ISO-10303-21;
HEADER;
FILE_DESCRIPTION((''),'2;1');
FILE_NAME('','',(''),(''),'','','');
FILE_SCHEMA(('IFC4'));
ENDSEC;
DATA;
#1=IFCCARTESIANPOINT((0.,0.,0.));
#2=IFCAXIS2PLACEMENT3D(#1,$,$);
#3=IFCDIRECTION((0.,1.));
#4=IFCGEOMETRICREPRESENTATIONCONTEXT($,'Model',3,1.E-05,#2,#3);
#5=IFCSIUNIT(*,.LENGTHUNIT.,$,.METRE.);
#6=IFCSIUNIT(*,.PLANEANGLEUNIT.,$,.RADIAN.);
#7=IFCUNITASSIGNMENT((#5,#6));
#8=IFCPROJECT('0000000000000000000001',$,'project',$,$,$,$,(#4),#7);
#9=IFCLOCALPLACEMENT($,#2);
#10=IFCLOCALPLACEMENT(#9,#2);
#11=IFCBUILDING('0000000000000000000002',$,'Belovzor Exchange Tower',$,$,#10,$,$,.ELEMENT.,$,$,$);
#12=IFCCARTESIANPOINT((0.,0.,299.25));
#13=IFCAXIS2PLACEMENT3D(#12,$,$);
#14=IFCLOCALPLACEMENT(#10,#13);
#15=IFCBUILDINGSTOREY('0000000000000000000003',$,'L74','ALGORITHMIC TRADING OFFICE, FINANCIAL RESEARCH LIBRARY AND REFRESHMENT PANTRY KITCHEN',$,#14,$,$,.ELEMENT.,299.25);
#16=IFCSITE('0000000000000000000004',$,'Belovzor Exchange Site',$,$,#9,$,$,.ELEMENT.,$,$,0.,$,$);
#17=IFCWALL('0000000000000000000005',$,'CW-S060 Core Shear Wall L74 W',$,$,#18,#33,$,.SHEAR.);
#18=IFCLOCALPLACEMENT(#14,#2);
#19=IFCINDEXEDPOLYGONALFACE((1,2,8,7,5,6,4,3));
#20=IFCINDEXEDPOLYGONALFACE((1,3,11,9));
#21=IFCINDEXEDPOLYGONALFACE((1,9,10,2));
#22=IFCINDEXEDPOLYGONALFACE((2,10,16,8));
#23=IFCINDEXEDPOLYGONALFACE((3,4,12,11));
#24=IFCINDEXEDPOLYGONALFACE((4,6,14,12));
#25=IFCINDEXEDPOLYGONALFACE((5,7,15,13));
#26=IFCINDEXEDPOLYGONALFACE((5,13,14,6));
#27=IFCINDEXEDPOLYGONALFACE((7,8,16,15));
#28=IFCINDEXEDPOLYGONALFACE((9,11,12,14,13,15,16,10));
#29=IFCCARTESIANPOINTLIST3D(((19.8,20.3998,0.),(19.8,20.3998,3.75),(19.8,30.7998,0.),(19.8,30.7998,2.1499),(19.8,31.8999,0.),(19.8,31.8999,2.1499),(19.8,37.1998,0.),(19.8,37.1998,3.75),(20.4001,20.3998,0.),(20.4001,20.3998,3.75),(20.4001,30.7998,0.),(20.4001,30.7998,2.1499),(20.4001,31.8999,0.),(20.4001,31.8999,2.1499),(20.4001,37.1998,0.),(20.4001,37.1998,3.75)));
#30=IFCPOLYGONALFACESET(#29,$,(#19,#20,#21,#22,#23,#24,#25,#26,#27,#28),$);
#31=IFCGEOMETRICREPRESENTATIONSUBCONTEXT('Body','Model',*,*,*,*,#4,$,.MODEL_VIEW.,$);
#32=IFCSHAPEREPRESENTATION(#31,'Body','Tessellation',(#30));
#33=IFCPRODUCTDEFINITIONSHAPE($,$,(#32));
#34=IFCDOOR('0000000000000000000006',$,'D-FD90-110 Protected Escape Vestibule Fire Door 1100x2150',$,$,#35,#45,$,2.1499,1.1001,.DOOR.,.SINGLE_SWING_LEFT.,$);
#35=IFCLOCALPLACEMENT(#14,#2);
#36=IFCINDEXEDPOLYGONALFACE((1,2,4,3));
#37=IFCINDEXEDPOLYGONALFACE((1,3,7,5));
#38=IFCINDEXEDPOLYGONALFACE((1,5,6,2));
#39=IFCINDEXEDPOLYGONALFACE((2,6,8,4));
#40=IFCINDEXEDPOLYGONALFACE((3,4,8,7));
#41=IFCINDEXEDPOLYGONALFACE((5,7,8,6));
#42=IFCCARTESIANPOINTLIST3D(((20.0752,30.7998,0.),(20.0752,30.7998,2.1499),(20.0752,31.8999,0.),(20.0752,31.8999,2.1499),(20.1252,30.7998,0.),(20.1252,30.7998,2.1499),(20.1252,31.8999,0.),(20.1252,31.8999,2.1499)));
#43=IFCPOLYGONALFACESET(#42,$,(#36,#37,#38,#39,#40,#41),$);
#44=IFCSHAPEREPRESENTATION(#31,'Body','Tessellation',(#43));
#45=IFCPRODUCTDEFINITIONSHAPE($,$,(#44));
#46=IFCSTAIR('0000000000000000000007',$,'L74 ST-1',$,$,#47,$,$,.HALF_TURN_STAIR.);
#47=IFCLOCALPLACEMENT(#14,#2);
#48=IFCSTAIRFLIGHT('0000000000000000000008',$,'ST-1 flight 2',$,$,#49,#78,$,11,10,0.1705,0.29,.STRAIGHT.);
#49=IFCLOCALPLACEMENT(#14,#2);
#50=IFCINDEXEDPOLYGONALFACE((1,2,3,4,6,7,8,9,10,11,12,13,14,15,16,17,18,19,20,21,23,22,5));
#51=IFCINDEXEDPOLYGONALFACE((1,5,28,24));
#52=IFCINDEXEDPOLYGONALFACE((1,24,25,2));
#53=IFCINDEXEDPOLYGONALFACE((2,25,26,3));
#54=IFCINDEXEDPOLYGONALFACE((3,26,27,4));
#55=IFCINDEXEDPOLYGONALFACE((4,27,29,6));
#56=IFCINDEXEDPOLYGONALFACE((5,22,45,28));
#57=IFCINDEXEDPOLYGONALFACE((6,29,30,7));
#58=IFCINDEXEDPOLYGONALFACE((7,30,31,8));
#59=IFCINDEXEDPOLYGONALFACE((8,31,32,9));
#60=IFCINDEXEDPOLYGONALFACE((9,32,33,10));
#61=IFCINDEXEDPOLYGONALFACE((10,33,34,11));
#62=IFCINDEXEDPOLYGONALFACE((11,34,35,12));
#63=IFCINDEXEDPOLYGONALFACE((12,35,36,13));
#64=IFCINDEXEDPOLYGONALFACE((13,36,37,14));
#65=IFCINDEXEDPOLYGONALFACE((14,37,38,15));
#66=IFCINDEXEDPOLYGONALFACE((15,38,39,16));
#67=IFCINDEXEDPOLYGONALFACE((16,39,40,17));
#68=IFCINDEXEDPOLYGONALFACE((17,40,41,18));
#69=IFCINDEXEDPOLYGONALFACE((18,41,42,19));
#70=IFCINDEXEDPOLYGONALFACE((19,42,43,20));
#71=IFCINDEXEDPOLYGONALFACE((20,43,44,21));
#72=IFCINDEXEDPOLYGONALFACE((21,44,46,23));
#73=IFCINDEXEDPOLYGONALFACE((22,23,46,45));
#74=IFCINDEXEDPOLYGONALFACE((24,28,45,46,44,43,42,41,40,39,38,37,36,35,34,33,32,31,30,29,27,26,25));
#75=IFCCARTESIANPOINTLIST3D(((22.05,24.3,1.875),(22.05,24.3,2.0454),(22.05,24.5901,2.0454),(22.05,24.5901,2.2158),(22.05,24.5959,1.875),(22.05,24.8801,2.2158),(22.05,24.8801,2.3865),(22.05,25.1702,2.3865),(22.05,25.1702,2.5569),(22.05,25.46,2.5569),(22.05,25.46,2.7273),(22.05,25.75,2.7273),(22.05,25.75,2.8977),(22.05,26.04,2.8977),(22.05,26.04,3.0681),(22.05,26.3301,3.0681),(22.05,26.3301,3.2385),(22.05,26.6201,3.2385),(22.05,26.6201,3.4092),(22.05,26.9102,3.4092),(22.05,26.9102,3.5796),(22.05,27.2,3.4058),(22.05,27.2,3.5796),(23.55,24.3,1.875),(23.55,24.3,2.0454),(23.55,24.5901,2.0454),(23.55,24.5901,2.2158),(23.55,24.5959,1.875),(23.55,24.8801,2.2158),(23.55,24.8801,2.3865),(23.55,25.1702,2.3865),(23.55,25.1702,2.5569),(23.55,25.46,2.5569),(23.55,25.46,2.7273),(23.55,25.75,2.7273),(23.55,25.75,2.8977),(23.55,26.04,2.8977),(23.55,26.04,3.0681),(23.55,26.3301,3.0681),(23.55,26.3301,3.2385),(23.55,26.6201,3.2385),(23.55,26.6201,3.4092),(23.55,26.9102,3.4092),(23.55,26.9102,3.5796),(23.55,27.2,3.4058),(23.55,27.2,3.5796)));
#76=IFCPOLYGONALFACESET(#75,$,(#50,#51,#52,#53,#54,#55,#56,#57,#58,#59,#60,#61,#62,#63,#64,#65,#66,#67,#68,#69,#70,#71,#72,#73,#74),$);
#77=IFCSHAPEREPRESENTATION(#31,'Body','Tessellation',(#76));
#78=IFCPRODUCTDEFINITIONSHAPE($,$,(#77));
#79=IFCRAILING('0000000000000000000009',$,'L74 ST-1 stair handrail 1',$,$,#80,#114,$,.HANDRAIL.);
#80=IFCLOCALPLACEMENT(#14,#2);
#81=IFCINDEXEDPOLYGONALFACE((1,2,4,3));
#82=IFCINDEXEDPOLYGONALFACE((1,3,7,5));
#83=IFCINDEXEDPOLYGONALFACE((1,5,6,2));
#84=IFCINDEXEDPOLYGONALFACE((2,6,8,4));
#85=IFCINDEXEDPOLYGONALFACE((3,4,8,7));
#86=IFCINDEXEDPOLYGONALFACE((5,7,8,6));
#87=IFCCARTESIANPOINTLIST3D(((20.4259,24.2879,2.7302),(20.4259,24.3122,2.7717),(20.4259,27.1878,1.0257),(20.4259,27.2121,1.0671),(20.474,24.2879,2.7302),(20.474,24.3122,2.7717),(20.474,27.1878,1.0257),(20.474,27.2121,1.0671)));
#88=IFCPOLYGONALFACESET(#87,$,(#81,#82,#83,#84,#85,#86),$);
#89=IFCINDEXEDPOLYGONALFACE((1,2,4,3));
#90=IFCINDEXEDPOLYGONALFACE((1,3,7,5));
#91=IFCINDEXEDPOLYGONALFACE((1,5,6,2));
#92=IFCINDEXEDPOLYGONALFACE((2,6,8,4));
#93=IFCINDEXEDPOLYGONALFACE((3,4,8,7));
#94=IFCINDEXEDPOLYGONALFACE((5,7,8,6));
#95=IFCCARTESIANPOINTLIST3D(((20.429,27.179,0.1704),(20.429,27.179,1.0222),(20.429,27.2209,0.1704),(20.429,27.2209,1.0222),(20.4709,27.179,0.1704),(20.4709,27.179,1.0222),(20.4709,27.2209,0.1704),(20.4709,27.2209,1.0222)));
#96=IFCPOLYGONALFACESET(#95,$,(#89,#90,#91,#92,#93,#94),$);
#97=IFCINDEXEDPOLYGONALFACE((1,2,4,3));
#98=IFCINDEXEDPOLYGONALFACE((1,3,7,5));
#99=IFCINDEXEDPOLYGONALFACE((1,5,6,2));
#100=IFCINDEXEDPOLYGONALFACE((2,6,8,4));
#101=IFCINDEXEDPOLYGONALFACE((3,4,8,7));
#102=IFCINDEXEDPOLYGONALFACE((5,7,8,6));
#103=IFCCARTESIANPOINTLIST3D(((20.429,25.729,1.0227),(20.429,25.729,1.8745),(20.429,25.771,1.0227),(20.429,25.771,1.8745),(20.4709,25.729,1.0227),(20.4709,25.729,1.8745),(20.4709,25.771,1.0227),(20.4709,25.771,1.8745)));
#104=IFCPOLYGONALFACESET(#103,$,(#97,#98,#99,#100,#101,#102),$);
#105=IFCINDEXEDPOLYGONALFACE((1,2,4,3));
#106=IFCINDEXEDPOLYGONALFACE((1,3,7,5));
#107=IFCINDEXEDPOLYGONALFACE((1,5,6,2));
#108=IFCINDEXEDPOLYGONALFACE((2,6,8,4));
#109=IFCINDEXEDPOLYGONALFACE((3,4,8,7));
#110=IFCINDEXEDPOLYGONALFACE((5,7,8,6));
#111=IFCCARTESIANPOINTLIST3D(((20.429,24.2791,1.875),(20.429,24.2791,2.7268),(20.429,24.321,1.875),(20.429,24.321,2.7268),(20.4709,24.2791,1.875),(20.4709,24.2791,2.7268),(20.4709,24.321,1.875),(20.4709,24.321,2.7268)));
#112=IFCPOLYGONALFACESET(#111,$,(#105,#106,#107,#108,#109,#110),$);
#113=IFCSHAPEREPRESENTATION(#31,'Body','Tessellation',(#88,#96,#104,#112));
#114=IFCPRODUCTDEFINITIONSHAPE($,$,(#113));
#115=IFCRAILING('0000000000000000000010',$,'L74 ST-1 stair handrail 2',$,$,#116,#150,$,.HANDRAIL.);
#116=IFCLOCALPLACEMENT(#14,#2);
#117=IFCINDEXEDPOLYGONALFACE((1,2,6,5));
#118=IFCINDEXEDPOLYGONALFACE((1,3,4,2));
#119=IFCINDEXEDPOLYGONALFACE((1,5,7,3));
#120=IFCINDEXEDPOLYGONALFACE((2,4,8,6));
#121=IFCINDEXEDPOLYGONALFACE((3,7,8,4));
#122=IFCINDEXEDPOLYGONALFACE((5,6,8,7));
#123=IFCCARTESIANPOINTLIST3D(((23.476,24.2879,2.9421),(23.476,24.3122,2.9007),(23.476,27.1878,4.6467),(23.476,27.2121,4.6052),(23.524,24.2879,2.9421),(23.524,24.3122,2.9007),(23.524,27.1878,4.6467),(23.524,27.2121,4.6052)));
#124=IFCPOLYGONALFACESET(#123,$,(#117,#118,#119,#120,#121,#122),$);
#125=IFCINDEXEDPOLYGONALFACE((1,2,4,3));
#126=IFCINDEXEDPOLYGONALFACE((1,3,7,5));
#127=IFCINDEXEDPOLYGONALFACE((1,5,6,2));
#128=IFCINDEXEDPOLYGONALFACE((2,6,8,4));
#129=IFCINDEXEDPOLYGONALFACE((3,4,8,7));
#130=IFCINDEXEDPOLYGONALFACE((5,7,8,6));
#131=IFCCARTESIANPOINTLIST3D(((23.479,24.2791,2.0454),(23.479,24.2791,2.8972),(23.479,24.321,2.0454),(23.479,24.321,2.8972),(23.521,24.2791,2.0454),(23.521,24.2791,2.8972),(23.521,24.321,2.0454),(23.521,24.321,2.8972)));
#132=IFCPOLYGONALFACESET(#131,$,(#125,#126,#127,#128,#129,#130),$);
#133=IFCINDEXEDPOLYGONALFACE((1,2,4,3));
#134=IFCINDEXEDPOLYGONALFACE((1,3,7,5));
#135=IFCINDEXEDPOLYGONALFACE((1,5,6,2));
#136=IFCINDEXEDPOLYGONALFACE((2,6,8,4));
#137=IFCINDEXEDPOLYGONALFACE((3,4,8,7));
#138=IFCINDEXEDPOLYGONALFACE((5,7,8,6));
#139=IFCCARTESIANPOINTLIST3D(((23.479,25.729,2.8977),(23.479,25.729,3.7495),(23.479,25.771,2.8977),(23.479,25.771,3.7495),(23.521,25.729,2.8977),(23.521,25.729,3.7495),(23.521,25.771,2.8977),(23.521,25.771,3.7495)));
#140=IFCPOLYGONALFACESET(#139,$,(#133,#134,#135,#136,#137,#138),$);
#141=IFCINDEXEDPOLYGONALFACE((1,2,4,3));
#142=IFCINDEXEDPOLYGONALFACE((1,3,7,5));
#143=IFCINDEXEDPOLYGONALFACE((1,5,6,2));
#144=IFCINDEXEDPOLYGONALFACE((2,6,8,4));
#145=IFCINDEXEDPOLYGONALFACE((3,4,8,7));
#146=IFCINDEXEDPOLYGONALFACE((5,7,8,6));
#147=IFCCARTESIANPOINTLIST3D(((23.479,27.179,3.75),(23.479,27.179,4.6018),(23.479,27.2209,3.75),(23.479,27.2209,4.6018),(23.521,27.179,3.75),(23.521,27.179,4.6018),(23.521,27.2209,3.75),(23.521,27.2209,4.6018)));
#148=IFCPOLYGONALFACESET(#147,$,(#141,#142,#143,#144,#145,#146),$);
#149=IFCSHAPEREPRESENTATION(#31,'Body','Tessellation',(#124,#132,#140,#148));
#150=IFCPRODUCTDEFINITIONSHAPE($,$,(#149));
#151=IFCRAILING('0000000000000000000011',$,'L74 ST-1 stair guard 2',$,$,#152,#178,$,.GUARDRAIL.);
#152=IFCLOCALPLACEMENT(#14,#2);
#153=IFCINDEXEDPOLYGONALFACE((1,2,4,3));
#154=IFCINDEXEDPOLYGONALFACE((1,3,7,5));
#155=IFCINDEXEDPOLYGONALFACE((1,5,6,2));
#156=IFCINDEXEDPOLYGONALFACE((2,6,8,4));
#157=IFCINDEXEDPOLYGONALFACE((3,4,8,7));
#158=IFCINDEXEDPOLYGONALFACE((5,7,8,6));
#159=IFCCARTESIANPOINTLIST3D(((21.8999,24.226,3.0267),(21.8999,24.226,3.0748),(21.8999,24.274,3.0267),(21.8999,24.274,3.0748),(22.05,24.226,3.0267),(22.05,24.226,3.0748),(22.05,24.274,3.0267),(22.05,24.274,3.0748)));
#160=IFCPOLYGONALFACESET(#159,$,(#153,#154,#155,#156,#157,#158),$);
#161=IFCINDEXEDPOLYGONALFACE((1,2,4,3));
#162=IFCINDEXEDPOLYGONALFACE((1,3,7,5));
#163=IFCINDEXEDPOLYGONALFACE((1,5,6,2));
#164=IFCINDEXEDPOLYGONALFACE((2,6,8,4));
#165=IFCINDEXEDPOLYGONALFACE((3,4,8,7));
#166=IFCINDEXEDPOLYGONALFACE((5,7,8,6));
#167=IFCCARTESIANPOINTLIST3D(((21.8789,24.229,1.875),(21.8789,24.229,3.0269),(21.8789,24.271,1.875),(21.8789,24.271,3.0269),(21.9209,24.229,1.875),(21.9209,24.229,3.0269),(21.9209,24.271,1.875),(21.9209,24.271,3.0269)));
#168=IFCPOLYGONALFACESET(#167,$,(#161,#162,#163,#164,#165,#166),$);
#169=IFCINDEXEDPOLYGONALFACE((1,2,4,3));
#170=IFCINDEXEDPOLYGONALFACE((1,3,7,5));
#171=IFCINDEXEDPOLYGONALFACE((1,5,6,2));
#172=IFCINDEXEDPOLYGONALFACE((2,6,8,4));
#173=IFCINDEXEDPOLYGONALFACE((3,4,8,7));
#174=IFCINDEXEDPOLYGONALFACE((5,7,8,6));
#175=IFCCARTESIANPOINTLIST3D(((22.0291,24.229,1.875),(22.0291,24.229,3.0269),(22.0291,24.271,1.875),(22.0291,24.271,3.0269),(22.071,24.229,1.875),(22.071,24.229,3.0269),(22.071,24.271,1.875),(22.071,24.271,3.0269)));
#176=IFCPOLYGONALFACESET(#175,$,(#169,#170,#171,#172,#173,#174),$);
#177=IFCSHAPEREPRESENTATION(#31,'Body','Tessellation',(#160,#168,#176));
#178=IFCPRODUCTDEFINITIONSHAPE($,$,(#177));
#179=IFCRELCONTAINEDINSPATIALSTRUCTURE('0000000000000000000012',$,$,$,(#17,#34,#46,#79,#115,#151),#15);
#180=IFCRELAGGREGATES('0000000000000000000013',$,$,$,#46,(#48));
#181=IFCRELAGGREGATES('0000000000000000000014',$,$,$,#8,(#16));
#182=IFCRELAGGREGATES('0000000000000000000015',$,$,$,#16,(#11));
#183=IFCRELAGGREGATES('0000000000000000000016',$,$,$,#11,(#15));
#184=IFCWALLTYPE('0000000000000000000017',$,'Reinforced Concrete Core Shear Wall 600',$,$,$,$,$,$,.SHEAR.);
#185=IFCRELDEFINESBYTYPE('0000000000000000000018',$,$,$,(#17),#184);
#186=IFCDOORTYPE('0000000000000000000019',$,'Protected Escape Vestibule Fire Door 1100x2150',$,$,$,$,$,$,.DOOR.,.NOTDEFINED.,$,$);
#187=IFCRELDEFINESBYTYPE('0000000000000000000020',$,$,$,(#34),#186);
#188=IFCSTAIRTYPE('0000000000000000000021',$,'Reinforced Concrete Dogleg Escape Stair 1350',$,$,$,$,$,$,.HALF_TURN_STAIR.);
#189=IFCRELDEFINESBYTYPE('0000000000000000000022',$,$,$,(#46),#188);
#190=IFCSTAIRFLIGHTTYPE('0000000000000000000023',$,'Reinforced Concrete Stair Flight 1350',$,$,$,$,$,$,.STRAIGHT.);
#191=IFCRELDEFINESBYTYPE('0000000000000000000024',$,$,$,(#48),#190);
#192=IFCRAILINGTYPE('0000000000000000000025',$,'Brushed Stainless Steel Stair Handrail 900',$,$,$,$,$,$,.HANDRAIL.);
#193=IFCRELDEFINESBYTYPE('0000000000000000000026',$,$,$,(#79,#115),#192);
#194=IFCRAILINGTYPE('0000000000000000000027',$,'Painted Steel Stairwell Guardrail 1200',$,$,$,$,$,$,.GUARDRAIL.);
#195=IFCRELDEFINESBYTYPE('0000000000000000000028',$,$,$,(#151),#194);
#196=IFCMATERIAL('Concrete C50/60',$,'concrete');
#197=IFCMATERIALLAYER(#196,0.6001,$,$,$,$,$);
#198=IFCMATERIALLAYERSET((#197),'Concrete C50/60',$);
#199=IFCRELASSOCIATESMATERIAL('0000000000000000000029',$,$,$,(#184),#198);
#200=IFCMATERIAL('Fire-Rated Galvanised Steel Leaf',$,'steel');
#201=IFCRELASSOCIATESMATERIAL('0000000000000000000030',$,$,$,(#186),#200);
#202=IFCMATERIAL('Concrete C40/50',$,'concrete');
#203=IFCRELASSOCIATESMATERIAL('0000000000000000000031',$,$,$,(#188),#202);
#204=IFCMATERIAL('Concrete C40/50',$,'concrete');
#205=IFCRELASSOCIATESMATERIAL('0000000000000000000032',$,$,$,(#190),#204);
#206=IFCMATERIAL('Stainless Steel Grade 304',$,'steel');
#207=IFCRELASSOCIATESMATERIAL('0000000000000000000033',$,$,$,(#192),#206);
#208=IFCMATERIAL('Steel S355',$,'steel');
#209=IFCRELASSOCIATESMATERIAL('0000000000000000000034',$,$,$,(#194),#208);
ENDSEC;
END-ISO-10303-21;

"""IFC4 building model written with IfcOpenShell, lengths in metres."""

from ifc_helpers import new_model, si_unit, direction, frame, frame_2d, origin, origin_2d, place, context, subcontext, project, spatial, polyline, rectangle, outline, extrude, material, layer, layer_set, type_object, element, fill, aggregate, save


model = new_model("IFC4")

# Units and contexts
model_context = context("Model", 3, precision=1e-05, world=origin(), true_north=direction((0.0, 1.0)))
body_context = subcontext(model_context, "Body", "Model", "MODEL_VIEW")
ifc_project = project(units=[si_unit("LENGTHUNIT", "METRE"), si_unit("PLANEANGLEUNIT", "RADIAN")], contexts=[model_context])

# Site, building, storey
site_placement = place(None, origin())
site = spatial("IfcSite", under=ifc_project, at=site_placement, Name="Belovzor Exchange Site", CompositionType="ELEMENT", RefElevation=0.0)
building_placement = place(site_placement, origin())
building = spatial("IfcBuilding", under=site, at=building_placement, Name="Belovzor Exchange Tower", CompositionType="ELEMENT")
storey_placement = place(building_placement, frame((0.0, 0.0, 299.25)))
storey = spatial("IfcBuildingStorey", under=building, at=storey_placement, Name="L74", Description="ALGORITHMIC TRADING OFFICE, FINANCIAL RESEARCH LIBRARY AND REFRESHMENT PANTRY KITCHEN", CompositionType="ELEMENT", Elevation=299.25)

# Shared definitions
ifc_material_1 = material(Name="Concrete C50/60", Category="concrete")
ifc_layer_1 = layer(ifc_material_1, 0.6001)
ifc_layer_set_1 = layer_set([ifc_layer_1], Name="Concrete C50/60")
wall_type_1 = type_object("IfcWallType", Name="Reinforced Concrete Core Shear Wall 600", PredefinedType="SHEAR", material=ifc_layer_set_1)

# Wall, opening, door
wall_1_placement = place(storey_placement, frame((20.1001, 20.3999, 0.0), z_axis=(0.0, 0.0, 1.0), x_axis=(0.0, 1.0, 0.0)))
wall_1 = element("IfcWall", 1, at=wall_1_placement, inside=storey, type_object=wall_type_1, Name="CW-S060 Core Shear Wall L74 W", PredefinedType="SHEAR", context=body_context, shape_type="SweptSolid", body=[
    extrude(rectangle(XDim=16.8, YDim=0.6001, at=frame_2d((8.3999, 0.0))), origin(), (0.0, 0.0, 1.0), 3.75),
])
opening_1_placement = place(wall_1_placement, frame((10.3999, 0.0, 0.0)))
opening_1 = element("IfcOpeningElement", 2, at=opening_1_placement, cuts=wall_1, PredefinedType="OPENING", context=body_context, shape_type="SweptSolid", body=[
    extrude(rectangle(XDim=1.1001, YDim=2.1499, at=frame_2d((0.55, 1.075))), frame((0.0, 0.3101, 0.0), z_axis=(0.0, -1.0, 0.0), x_axis=(1.0, 0.0, 0.0)), (0.0, 0.0, 1.0), 0.6201),
])
ifc_material_2 = material(Name="Fire-Rated Galvanised Steel Leaf", Category="steel")
door_type_1 = type_object("IfcDoorType", Name="Protected Escape Vestibule Fire Door 1100x2150", OperationType="NOTDEFINED", PredefinedType="DOOR", material=ifc_material_2)
door_1_placement = place(opening_1_placement, origin())
door_1 = element("IfcDoor", 3, at=door_1_placement, inside=storey, type_object=door_type_1, Name="D-FD90-110 Protected Escape Vestibule Fire Door 1100x2150", OperationType="SINGLE_SWING_LEFT", OverallHeight=2.1499, OverallWidth=1.1001, PredefinedType="DOOR", context=body_context, shape_type="SweptSolid", body=[
    extrude(rectangle(XDim=1.1001, YDim=2.1499, at=frame_2d((0.55, 1.075))), frame((0.0, 0.0249, 0.0), z_axis=(0.0, -1.0, 0.0), x_axis=(1.0, 0.0, 0.0)), (0.0, 0.0, 1.0), 0.05),
])
fill(opening_1, door_1)

# Stair, stair flight
ifc_material_3 = material(Name="Concrete C40/50", Category="concrete")
stair_type = type_object("IfcStairType", Name="Reinforced Concrete Dogleg Escape Stair 1350", PredefinedType="HALF_TURN_STAIR", material=ifc_material_3)
stair_placement = place(storey_placement, origin())
stair = element("IfcStair", 4, at=stair_placement, inside=storey, type_object=stair_type, Name="L74 ST-1", PredefinedType="HALF_TURN_STAIR")
ifc_material_4 = material(Name="Concrete C40/50", Category="concrete")
stair_flight_type = type_object("IfcStairFlightType", Name="Reinforced Concrete Stair Flight 1350", PredefinedType="STRAIGHT", material=ifc_material_4)
stair_flight_placement = place(storey_placement, frame((22.8, 24.3, 1.875), z_axis=(0.0, 0.0, 1.0), x_axis=(0.0, 1.0, 0.0)))
stair_flight = element("IfcStairFlight", 5, at=stair_flight_placement, type_object=stair_flight_type, Name="ST-1 flight 2", NumberOfRisers=11, NumberOfTreads=10, PredefinedType="STRAIGHT", RiserHeight=0.1705, TreadLength=0.29, context=body_context, shape_type="SweptSolid", body=[
    extrude(outline(polyline([(0.0, 0.0), (0.0, 0.1704), (0.29, 0.1704), (0.29, 0.3408), (0.5801, 0.3408), (0.5801, 0.5115), (0.8701, 0.5115), (0.8701, 0.6819), (1.1599, 0.6819), (1.1599, 0.8523), (1.45, 0.8523), (1.45, 1.0227), (1.74, 1.0227), (1.74, 1.1931), (2.03, 1.1931), (2.03, 1.3635), (2.3201, 1.3635), (2.3201, 1.5342), (2.6101, 1.5342), (2.6101, 1.7046), (2.8999, 1.7046), (2.8999, 1.875), (2.8999, 1.5308), (0.2959, 0.0), (0.0, 0.0)])), frame((0.0, 0.75, 0.0), z_axis=(0.0, -1.0, 0.0), x_axis=(1.0, 0.0, 0.0)), (0.0, 0.0, 1.0), 1.5),
])
aggregate(stair, [stair_flight])

# Railings
ifc_material_5 = material(Name="Stainless Steel Grade 304", Category="steel")
railing_type_1 = type_object("IfcRailingType", Name="Brushed Stainless Steel Stair Handrail 900", PredefinedType="HANDRAIL", material=ifc_material_5)
railing_1_placement = place(storey_placement, frame((20.45, 27.2, 0.1704)))
element("IfcRailing", 6, at=railing_1_placement, inside=storey, type_object=railing_type_1, Name="L74 ST-1 stair handrail 1", PredefinedType="HANDRAIL", context=body_context, shape_type="SweptSolid", body=[
    extrude(rectangle(XDim=0.0481, YDim=0.0481, at=origin_2d()), frame((0.0, 0.0, 0.876), z_axis=(0.0, -0.862095, 0.506747), x_axis=(1.0, 0.0, 0.0)), (0.0, 0.0, 1.0), 3.3638),
    extrude(rectangle(XDim=0.042, YDim=0.042, at=origin_2d()), origin(), (0.0, 0.0, 1.0), 0.8518),
    extrude(rectangle(XDim=0.042, YDim=0.042, at=origin_2d()), frame((0.0, -1.45, 0.8523)), (0.0, 0.0, 1.0), 0.8518),
    extrude(rectangle(XDim=0.042, YDim=0.042, at=origin_2d()), frame((0.0, -2.8999, 1.7046)), (0.0, 0.0, 1.0), 0.8518),
])
railing_2_placement = place(storey_placement, frame((23.5, 24.3, 2.0454)))
element("IfcRailing", 7, at=railing_2_placement, inside=storey, type_object=railing_type_1, Name="L74 ST-1 stair handrail 2", PredefinedType="HANDRAIL", context=body_context, shape_type="SweptSolid", body=[
    extrude(rectangle(XDim=0.0481, YDim=0.0481, at=origin_2d()), frame((0.0, 0.0, 0.876), z_axis=(0.0, 0.862095, 0.506747), x_axis=(-1.0, 0.0, 0.0)), (0.0, 0.0, 1.0), 3.3638),
    extrude(rectangle(XDim=0.042, YDim=0.042, at=origin_2d()), origin(), (0.0, 0.0, 1.0), 0.8518),
    extrude(rectangle(XDim=0.042, YDim=0.042, at=origin_2d()), frame((0.0, 1.45, 0.8523)), (0.0, 0.0, 1.0), 0.8518),
    extrude(rectangle(XDim=0.042, YDim=0.042, at=origin_2d()), frame((0.0, 2.8999, 1.7046)), (0.0, 0.0, 1.0), 0.8518),
])
ifc_material_6 = material(Name="Steel S355", Category="steel")
railing_type_2 = type_object("IfcRailingType", Name="Painted Steel Stairwell Guardrail 1200", PredefinedType="GUARDRAIL", material=ifc_material_6)
railing_3_placement = place(storey_placement, frame((21.8999, 24.25, 1.875)))
element("IfcRailing", 8, at=railing_3_placement, inside=storey, type_object=railing_type_2, Name="L74 ST-1 stair guard 2", PredefinedType="GUARDRAIL", context=body_context, shape_type="SweptSolid", body=[
    extrude(rectangle(XDim=0.0481, YDim=0.0481, at=origin_2d()), frame((0.0, 0.0, 1.1758), z_axis=(1.0, 0.0, 0.0), x_axis=(0.0, 1.0, 0.0)), (0.0, 0.0, 1.0), 0.1501),
    extrude(rectangle(XDim=0.042, YDim=0.042, at=origin_2d()), origin(), (0.0, 0.0, 1.0), 1.1519),
    extrude(rectangle(XDim=0.042, YDim=0.042, at=origin_2d()), frame((0.1501, 0.0, 0.0)), (0.0, 0.0, 1.0), 1.1519),
])

save(model, "model.ifc")
